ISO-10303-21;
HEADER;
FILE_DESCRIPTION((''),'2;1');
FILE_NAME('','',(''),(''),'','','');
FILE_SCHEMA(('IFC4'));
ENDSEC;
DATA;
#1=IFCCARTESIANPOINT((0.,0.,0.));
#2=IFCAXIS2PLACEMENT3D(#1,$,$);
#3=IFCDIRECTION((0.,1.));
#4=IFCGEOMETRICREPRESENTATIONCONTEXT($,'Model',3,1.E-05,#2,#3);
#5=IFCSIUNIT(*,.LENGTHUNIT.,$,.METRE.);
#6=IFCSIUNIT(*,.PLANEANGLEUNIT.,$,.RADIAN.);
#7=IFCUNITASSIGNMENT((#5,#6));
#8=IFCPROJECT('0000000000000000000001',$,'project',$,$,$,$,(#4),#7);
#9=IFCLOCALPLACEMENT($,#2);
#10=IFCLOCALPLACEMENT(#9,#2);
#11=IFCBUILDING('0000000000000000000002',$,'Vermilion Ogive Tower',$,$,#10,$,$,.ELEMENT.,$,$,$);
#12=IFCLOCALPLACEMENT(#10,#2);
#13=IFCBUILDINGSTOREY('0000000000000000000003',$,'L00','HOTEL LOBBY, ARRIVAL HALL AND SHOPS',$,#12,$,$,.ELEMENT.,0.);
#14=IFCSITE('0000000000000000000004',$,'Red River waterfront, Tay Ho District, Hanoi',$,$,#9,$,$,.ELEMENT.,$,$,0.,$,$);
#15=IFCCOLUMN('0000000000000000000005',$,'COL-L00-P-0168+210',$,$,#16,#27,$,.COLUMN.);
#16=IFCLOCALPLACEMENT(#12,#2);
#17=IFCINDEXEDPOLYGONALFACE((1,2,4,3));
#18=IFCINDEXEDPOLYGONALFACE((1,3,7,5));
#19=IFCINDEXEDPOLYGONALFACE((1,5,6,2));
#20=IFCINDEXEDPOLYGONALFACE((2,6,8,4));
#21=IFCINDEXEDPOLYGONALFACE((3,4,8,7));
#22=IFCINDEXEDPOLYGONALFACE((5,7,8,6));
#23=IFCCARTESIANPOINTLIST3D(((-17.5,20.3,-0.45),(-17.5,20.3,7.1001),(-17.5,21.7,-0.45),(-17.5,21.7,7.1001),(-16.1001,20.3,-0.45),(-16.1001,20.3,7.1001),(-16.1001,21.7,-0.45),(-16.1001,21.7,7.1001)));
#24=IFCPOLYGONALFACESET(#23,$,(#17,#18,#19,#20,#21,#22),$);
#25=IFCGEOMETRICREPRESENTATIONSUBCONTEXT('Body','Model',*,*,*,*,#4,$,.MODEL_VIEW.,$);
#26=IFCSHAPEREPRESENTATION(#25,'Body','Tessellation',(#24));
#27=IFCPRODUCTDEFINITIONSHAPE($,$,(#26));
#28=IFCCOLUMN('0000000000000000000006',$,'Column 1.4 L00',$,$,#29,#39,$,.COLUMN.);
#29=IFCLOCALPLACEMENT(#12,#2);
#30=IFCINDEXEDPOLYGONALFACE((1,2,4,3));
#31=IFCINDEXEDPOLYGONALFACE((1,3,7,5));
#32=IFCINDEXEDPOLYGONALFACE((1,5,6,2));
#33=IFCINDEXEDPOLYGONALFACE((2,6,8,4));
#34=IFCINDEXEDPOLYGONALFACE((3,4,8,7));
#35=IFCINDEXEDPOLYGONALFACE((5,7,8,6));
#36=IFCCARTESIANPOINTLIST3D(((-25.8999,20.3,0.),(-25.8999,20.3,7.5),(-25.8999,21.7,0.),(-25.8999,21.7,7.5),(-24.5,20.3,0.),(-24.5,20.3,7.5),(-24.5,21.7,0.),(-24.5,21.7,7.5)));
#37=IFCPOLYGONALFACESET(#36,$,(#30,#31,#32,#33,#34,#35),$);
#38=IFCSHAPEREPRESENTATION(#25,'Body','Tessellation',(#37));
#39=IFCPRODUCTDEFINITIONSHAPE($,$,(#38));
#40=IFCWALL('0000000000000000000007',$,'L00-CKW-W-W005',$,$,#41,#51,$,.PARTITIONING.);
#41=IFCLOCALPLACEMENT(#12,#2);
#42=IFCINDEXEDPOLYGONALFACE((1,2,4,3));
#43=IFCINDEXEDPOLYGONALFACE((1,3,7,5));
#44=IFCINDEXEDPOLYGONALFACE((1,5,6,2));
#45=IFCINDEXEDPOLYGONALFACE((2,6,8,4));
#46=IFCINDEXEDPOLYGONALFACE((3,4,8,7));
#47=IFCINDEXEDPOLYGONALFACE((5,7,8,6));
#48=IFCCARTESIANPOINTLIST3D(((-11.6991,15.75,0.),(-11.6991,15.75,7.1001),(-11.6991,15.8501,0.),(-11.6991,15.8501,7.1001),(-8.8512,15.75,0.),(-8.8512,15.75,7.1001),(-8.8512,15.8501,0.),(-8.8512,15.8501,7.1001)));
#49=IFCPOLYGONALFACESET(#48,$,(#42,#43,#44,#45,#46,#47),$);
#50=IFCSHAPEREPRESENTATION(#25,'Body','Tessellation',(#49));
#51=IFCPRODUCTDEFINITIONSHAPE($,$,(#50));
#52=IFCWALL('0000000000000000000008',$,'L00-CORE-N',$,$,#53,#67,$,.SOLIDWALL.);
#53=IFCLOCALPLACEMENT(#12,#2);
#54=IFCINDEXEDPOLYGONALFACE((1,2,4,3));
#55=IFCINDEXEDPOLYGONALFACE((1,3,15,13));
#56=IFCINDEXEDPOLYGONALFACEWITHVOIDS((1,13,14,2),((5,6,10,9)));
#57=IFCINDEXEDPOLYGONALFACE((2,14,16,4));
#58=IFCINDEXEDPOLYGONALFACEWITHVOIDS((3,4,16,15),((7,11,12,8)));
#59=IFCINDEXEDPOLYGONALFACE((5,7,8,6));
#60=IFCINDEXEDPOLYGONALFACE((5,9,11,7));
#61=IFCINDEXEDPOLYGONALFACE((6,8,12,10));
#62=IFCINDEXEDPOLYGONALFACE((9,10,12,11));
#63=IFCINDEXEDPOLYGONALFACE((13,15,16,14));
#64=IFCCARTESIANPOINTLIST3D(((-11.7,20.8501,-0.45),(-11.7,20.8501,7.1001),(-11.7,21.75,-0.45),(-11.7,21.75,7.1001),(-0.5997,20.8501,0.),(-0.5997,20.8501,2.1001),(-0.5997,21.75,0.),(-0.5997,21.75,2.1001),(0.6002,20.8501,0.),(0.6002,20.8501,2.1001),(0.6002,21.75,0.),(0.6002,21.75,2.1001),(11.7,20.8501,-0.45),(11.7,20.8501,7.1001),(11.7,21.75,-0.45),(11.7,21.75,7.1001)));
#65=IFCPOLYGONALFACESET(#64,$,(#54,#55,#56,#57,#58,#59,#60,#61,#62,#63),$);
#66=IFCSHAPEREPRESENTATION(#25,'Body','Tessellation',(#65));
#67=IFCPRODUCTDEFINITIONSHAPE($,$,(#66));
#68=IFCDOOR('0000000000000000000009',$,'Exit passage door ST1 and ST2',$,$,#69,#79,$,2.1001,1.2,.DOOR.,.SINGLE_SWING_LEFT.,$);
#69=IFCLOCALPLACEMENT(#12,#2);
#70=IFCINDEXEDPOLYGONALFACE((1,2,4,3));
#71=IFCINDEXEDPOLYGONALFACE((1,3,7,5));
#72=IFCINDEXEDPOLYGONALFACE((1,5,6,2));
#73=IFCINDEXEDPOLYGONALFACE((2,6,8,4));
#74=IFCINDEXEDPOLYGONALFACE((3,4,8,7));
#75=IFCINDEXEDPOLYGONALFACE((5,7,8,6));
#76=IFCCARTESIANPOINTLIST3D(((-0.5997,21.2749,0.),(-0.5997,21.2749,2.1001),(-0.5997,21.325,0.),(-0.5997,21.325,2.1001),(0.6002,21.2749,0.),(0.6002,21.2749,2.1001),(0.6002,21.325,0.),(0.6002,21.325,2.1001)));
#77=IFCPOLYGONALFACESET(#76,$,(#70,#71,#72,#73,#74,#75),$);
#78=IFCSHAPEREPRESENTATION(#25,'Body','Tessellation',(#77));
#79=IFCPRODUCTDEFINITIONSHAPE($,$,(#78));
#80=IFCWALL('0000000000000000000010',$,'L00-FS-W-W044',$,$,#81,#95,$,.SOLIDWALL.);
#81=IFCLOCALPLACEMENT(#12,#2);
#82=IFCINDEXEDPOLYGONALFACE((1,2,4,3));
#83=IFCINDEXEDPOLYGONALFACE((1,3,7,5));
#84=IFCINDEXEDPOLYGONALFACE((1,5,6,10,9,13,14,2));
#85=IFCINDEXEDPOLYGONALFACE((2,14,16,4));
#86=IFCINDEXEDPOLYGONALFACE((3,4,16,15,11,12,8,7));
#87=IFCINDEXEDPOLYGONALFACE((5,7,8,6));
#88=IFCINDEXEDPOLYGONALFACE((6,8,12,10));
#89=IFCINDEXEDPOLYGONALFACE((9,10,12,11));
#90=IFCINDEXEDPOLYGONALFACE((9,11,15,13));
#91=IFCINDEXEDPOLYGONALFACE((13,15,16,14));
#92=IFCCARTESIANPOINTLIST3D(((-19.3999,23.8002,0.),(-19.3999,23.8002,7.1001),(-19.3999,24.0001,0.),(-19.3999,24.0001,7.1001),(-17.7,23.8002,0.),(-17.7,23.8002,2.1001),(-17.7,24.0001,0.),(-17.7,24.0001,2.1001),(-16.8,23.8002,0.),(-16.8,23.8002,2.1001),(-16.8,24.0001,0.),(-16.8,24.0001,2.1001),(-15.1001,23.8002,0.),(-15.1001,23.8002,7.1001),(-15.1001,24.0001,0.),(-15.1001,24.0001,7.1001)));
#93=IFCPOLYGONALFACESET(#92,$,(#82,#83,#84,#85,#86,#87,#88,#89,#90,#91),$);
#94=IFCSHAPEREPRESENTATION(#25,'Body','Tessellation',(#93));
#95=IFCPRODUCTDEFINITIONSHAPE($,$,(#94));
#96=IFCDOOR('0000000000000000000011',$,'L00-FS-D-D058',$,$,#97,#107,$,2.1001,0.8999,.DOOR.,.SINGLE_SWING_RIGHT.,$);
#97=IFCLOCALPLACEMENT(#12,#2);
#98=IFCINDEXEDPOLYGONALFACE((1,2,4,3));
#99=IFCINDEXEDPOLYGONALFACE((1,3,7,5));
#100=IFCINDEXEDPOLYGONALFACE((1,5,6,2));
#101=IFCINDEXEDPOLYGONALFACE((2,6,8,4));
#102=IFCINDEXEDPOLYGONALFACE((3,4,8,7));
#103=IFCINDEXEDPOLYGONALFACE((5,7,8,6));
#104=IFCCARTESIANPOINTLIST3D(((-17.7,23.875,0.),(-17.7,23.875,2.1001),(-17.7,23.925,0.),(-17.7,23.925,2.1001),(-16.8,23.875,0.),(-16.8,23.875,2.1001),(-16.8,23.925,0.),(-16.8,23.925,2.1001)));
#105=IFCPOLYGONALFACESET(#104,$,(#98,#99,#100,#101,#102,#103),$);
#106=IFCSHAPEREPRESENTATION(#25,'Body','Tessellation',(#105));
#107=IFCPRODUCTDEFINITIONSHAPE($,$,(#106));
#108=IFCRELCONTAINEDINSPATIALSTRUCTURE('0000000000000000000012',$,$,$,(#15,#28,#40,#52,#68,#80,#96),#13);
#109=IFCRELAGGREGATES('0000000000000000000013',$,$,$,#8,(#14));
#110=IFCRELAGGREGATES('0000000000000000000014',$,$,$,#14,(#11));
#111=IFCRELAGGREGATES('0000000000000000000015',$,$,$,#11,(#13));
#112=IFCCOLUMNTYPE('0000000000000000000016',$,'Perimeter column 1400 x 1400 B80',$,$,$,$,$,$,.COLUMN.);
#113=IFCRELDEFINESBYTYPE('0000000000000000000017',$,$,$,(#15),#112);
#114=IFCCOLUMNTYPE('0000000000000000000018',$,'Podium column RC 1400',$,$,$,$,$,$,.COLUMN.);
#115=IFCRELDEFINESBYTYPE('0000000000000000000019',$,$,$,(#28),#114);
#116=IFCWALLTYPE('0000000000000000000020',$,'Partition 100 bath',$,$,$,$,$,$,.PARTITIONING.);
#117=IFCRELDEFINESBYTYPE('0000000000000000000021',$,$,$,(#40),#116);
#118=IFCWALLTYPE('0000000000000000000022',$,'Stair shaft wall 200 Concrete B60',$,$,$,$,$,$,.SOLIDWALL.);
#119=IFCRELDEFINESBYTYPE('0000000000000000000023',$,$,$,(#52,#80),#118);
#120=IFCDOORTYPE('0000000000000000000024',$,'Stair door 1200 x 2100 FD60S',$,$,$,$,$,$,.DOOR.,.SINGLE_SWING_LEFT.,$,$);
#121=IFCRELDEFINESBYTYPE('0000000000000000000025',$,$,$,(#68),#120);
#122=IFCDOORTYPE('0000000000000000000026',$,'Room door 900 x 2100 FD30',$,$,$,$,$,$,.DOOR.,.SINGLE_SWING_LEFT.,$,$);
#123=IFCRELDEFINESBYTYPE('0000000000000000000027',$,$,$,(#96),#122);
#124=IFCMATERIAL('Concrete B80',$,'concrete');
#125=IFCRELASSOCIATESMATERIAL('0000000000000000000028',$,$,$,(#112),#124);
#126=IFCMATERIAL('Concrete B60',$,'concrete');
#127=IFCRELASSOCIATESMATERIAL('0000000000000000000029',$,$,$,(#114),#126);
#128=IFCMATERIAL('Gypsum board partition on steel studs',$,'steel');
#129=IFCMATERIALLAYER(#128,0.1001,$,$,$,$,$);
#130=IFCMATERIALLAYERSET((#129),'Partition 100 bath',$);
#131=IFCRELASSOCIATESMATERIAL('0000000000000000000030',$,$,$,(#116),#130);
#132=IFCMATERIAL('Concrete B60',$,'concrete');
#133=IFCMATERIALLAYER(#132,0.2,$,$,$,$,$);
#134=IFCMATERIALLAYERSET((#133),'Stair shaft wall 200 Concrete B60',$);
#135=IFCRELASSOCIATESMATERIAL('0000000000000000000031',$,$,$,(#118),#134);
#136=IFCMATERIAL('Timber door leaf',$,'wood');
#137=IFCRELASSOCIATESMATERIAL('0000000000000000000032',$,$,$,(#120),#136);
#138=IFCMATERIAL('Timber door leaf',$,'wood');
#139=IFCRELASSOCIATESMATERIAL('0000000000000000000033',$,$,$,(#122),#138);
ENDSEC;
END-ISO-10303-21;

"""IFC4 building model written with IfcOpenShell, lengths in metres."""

from ifc_helpers import new_model, si_unit, direction, frame, frame_2d, origin, origin_2d, place, context, subcontext, project, spatial, rectangle, extrude, material, layer, layer_set, material_profile, profile_set, type_object, element, fill, save


model = new_model("IFC4")

# Units and contexts
model_context = context("Model", 3, precision=1e-05, world=origin(), true_north=direction((0.0, 1.0)))
body_context = subcontext(model_context, "Body", "Model", "MODEL_VIEW")
ifc_project = project(units=[si_unit("LENGTHUNIT", "METRE"), si_unit("PLANEANGLEUNIT", "RADIAN")], contexts=[model_context])

# Site, building, storey
site_placement = place(None, origin())
site = spatial("IfcSite", under=ifc_project, at=site_placement, Name="Red River waterfront, Tay Ho District, Hanoi", CompositionType="ELEMENT", RefElevation=0.0)
building_placement = place(site_placement, origin())
building = spatial("IfcBuilding", under=site, at=building_placement, Name="Vermilion Ogive Tower", CompositionType="ELEMENT")
storey_placement = place(building_placement, origin())
storey = spatial("IfcBuildingStorey", under=building, at=storey_placement, Name="L00", Description="HOTEL LOBBY, ARRIVAL HALL AND SHOPS", CompositionType="ELEMENT", Elevation=0.0)

# Columns
ifc_material_1 = material(Name="Concrete B80", Category="concrete")
ifc_material_profile_1 = material_profile(ifc_material_1, rectangle(XDim=1.3999, YDim=1.3999, at=origin_2d()), Name="1400 x 1400")
ifc_profile_set_1 = profile_set([ifc_material_profile_1], Name="Concrete B80")
column_type_1 = type_object("IfcColumnType", Name="Perimeter column 1400 x 1400 B80", PredefinedType="COLUMN", material=ifc_profile_set_1)
column_1_placement = place(storey_placement, frame((-16.8, 21.0, -0.45), z_axis=(0.0, 0.0, 1.0), x_axis=(1.0, 0.0, 0.0)))
element("IfcColumn", 1, at=column_1_placement, inside=storey, type_object=column_type_1, Name="COL-L00-P-0168+210", PredefinedType="COLUMN", context=body_context, shape_type="SweptSolid", body=[
    extrude(rectangle(XDim=1.3999, YDim=1.3999, at=origin_2d()), origin(), (0.0, 0.0, 1.0), 7.55),
])
ifc_material_2 = material(Name="Concrete B60", Category="concrete")
ifc_material_profile_2 = material_profile(ifc_material_2, rectangle(XDim=1.3999, YDim=1.3999, at=origin_2d()), Name="RC 1400x1400")
ifc_profile_set_2 = profile_set([ifc_material_profile_2], Name="Concrete B60")
column_type_2 = type_object("IfcColumnType", Name="Podium column RC 1400", PredefinedType="COLUMN", material=ifc_profile_set_2)
column_2_placement = place(storey_placement, frame((-25.2, 21.0, 0.0), z_axis=(0.0, 0.0, 1.0), x_axis=(1.0, 0.0, 0.0)))
element("IfcColumn", 2, at=column_2_placement, inside=storey, type_object=column_type_2, Name="Column 1.4 L00", PredefinedType="COLUMN", context=body_context, shape_type="SweptSolid", body=[
    extrude(rectangle(XDim=1.3999, YDim=1.3999, at=origin_2d()), origin(), (0.0, 0.0, 1.0), 7.5),
])

# Wall
ifc_material_3 = material(Name="Gypsum board partition on steel studs", Category="steel")
ifc_layer_1 = layer(ifc_material_3, 0.1001)
ifc_layer_set_1 = layer_set([ifc_layer_1], Name="Partition 100 bath")
wall_type_1 = type_object("IfcWallType", Name="Partition 100 bath", PredefinedType="PARTITIONING", material=ifc_layer_set_1)
wall_1_placement = place(storey_placement, frame((-11.699, 15.8, 0.0), z_axis=(0.0, 0.0, 1.0), x_axis=(1.0, 0.0, 0.0)))
element("IfcWall", 3, at=wall_1_placement, inside=storey, type_object=wall_type_1, Name="L00-CKW-W-W005", PredefinedType="PARTITIONING", context=body_context, shape_type="SweptSolid", body=[
    extrude(rectangle(XDim=2.8479, YDim=0.1001, at=frame_2d((1.4238, 0.0))), origin(), (0.0, 0.0, 1.0), 7.1001),
])

# Walls, openings, doors
ifc_material_4 = material(Name="Concrete B60", Category="concrete")
ifc_layer_2 = layer(ifc_material_4, 0.2)
ifc_layer_set_2 = layer_set([ifc_layer_2], Name="Stair shaft wall 200 Concrete B60")
wall_type_2 = type_object("IfcWallType", Name="Stair shaft wall 200 Concrete B60", PredefinedType="SOLIDWALL", material=ifc_layer_set_2)
wall_2_placement = place(storey_placement, frame((-11.7, 21.3, -0.45), z_axis=(0.0, 0.0, 1.0), x_axis=(1.0, 0.0, 0.0)))
wall_2 = element("IfcWall", 4, at=wall_2_placement, inside=storey, type_object=wall_type_2, Name="L00-CORE-N", PredefinedType="SOLIDWALL", context=body_context, shape_type="SweptSolid", body=[
    extrude(rectangle(XDim=23.3999, YDim=0.8999, at=frame_2d((11.7, 0.0))), origin(), (0.0, 0.0, 1.0), 7.55),
])
opening_1_placement = place(wall_2_placement, frame((11.1001, 0.0, 0.45)))
opening_1 = element("IfcOpeningElement", 5, at=opening_1_placement, cuts=wall_2, PredefinedType="OPENING", context=body_context, shape_type="SweptSolid", body=[
    extrude(rectangle(XDim=1.2, YDim=2.1001, at=frame_2d((0.6001, 1.05))), frame((0.0, 0.46, 0.0), z_axis=(0.0, -1.0, 0.0), x_axis=(1.0, 0.0, 0.0)), (0.0, 0.0, 1.0), 0.9199),
])
ifc_material_5 = material(Name="Timber door leaf", Category="wood")
door_type_1 = type_object("IfcDoorType", Name="Stair door 1200 x 2100 FD60S", OperationType="SINGLE_SWING_LEFT", PredefinedType="DOOR", material=ifc_material_5)
door_1_placement = place(opening_1_placement, origin())
door_1 = element("IfcDoor", 6, at=door_1_placement, inside=storey, type_object=door_type_1, Name="Exit passage door ST1 and ST2", OperationType="SINGLE_SWING_LEFT", OverallHeight=2.1001, OverallWidth=1.2, PredefinedType="DOOR", context=body_context, shape_type="SweptSolid", body=[
    extrude(rectangle(XDim=1.2, YDim=2.1001, at=frame_2d((0.6001, 1.05))), frame((0.0, 0.0249, 0.0), z_axis=(0.0, -1.0, 0.0), x_axis=(1.0, 0.0, 0.0)), (0.0, 0.0, 1.0), 0.05),
])
fill(opening_1, door_1)
wall_3_placement = place(storey_placement, frame((-19.3999, 23.9001, 0.0), z_axis=(0.0, 0.0, 1.0), x_axis=(1.0, 0.0, 0.0)))
wall_3 = element("IfcWall", 7, at=wall_3_placement, inside=storey, type_object=wall_type_2, Name="L00-FS-W-W044", PredefinedType="SOLIDWALL", context=body_context, shape_type="SweptSolid", body=[
    extrude(rectangle(XDim=4.2998, YDim=0.2, at=frame_2d((2.1499, 0.0))), origin(), (0.0, 0.0, 1.0), 7.1001),
])
opening_2_placement = place(wall_3_placement, frame((1.7, 0.0, 0.0)))
opening_2 = element("IfcOpeningElement", 8, at=opening_2_placement, cuts=wall_3, PredefinedType="OPENING", context=body_context, shape_type="SweptSolid", body=[
    extrude(rectangle(XDim=0.8999, YDim=2.1001, at=frame_2d((0.45, 1.05))), frame((0.0, 0.1099, 0.0), z_axis=(0.0, -1.0, 0.0), x_axis=(1.0, 0.0, 0.0)), (0.0, 0.0, 1.0), 0.22),
])
ifc_material_6 = material(Name="Timber door leaf", Category="wood")
door_type_2 = type_object("IfcDoorType", Name="Room door 900 x 2100 FD30", OperationType="SINGLE_SWING_LEFT", PredefinedType="DOOR", material=ifc_material_6)
door_2_placement = place(opening_2_placement, origin())
door_2 = element("IfcDoor", 9, at=door_2_placement, inside=storey, type_object=door_type_2, Name="L00-FS-D-D058", OperationType="SINGLE_SWING_RIGHT", OverallHeight=2.1001, OverallWidth=0.8999, PredefinedType="DOOR", context=body_context, shape_type="SweptSolid", body=[
    extrude(rectangle(XDim=0.8999, YDim=2.1001, at=frame_2d((0.45, 1.05))), frame((0.0, 0.0249, 0.0), z_axis=(0.0, -1.0, 0.0), x_axis=(1.0, 0.0, 0.0)), (0.0, 0.0, 1.0), 0.05),
])
fill(opening_2, door_2)

save(model, "model.ifc")
